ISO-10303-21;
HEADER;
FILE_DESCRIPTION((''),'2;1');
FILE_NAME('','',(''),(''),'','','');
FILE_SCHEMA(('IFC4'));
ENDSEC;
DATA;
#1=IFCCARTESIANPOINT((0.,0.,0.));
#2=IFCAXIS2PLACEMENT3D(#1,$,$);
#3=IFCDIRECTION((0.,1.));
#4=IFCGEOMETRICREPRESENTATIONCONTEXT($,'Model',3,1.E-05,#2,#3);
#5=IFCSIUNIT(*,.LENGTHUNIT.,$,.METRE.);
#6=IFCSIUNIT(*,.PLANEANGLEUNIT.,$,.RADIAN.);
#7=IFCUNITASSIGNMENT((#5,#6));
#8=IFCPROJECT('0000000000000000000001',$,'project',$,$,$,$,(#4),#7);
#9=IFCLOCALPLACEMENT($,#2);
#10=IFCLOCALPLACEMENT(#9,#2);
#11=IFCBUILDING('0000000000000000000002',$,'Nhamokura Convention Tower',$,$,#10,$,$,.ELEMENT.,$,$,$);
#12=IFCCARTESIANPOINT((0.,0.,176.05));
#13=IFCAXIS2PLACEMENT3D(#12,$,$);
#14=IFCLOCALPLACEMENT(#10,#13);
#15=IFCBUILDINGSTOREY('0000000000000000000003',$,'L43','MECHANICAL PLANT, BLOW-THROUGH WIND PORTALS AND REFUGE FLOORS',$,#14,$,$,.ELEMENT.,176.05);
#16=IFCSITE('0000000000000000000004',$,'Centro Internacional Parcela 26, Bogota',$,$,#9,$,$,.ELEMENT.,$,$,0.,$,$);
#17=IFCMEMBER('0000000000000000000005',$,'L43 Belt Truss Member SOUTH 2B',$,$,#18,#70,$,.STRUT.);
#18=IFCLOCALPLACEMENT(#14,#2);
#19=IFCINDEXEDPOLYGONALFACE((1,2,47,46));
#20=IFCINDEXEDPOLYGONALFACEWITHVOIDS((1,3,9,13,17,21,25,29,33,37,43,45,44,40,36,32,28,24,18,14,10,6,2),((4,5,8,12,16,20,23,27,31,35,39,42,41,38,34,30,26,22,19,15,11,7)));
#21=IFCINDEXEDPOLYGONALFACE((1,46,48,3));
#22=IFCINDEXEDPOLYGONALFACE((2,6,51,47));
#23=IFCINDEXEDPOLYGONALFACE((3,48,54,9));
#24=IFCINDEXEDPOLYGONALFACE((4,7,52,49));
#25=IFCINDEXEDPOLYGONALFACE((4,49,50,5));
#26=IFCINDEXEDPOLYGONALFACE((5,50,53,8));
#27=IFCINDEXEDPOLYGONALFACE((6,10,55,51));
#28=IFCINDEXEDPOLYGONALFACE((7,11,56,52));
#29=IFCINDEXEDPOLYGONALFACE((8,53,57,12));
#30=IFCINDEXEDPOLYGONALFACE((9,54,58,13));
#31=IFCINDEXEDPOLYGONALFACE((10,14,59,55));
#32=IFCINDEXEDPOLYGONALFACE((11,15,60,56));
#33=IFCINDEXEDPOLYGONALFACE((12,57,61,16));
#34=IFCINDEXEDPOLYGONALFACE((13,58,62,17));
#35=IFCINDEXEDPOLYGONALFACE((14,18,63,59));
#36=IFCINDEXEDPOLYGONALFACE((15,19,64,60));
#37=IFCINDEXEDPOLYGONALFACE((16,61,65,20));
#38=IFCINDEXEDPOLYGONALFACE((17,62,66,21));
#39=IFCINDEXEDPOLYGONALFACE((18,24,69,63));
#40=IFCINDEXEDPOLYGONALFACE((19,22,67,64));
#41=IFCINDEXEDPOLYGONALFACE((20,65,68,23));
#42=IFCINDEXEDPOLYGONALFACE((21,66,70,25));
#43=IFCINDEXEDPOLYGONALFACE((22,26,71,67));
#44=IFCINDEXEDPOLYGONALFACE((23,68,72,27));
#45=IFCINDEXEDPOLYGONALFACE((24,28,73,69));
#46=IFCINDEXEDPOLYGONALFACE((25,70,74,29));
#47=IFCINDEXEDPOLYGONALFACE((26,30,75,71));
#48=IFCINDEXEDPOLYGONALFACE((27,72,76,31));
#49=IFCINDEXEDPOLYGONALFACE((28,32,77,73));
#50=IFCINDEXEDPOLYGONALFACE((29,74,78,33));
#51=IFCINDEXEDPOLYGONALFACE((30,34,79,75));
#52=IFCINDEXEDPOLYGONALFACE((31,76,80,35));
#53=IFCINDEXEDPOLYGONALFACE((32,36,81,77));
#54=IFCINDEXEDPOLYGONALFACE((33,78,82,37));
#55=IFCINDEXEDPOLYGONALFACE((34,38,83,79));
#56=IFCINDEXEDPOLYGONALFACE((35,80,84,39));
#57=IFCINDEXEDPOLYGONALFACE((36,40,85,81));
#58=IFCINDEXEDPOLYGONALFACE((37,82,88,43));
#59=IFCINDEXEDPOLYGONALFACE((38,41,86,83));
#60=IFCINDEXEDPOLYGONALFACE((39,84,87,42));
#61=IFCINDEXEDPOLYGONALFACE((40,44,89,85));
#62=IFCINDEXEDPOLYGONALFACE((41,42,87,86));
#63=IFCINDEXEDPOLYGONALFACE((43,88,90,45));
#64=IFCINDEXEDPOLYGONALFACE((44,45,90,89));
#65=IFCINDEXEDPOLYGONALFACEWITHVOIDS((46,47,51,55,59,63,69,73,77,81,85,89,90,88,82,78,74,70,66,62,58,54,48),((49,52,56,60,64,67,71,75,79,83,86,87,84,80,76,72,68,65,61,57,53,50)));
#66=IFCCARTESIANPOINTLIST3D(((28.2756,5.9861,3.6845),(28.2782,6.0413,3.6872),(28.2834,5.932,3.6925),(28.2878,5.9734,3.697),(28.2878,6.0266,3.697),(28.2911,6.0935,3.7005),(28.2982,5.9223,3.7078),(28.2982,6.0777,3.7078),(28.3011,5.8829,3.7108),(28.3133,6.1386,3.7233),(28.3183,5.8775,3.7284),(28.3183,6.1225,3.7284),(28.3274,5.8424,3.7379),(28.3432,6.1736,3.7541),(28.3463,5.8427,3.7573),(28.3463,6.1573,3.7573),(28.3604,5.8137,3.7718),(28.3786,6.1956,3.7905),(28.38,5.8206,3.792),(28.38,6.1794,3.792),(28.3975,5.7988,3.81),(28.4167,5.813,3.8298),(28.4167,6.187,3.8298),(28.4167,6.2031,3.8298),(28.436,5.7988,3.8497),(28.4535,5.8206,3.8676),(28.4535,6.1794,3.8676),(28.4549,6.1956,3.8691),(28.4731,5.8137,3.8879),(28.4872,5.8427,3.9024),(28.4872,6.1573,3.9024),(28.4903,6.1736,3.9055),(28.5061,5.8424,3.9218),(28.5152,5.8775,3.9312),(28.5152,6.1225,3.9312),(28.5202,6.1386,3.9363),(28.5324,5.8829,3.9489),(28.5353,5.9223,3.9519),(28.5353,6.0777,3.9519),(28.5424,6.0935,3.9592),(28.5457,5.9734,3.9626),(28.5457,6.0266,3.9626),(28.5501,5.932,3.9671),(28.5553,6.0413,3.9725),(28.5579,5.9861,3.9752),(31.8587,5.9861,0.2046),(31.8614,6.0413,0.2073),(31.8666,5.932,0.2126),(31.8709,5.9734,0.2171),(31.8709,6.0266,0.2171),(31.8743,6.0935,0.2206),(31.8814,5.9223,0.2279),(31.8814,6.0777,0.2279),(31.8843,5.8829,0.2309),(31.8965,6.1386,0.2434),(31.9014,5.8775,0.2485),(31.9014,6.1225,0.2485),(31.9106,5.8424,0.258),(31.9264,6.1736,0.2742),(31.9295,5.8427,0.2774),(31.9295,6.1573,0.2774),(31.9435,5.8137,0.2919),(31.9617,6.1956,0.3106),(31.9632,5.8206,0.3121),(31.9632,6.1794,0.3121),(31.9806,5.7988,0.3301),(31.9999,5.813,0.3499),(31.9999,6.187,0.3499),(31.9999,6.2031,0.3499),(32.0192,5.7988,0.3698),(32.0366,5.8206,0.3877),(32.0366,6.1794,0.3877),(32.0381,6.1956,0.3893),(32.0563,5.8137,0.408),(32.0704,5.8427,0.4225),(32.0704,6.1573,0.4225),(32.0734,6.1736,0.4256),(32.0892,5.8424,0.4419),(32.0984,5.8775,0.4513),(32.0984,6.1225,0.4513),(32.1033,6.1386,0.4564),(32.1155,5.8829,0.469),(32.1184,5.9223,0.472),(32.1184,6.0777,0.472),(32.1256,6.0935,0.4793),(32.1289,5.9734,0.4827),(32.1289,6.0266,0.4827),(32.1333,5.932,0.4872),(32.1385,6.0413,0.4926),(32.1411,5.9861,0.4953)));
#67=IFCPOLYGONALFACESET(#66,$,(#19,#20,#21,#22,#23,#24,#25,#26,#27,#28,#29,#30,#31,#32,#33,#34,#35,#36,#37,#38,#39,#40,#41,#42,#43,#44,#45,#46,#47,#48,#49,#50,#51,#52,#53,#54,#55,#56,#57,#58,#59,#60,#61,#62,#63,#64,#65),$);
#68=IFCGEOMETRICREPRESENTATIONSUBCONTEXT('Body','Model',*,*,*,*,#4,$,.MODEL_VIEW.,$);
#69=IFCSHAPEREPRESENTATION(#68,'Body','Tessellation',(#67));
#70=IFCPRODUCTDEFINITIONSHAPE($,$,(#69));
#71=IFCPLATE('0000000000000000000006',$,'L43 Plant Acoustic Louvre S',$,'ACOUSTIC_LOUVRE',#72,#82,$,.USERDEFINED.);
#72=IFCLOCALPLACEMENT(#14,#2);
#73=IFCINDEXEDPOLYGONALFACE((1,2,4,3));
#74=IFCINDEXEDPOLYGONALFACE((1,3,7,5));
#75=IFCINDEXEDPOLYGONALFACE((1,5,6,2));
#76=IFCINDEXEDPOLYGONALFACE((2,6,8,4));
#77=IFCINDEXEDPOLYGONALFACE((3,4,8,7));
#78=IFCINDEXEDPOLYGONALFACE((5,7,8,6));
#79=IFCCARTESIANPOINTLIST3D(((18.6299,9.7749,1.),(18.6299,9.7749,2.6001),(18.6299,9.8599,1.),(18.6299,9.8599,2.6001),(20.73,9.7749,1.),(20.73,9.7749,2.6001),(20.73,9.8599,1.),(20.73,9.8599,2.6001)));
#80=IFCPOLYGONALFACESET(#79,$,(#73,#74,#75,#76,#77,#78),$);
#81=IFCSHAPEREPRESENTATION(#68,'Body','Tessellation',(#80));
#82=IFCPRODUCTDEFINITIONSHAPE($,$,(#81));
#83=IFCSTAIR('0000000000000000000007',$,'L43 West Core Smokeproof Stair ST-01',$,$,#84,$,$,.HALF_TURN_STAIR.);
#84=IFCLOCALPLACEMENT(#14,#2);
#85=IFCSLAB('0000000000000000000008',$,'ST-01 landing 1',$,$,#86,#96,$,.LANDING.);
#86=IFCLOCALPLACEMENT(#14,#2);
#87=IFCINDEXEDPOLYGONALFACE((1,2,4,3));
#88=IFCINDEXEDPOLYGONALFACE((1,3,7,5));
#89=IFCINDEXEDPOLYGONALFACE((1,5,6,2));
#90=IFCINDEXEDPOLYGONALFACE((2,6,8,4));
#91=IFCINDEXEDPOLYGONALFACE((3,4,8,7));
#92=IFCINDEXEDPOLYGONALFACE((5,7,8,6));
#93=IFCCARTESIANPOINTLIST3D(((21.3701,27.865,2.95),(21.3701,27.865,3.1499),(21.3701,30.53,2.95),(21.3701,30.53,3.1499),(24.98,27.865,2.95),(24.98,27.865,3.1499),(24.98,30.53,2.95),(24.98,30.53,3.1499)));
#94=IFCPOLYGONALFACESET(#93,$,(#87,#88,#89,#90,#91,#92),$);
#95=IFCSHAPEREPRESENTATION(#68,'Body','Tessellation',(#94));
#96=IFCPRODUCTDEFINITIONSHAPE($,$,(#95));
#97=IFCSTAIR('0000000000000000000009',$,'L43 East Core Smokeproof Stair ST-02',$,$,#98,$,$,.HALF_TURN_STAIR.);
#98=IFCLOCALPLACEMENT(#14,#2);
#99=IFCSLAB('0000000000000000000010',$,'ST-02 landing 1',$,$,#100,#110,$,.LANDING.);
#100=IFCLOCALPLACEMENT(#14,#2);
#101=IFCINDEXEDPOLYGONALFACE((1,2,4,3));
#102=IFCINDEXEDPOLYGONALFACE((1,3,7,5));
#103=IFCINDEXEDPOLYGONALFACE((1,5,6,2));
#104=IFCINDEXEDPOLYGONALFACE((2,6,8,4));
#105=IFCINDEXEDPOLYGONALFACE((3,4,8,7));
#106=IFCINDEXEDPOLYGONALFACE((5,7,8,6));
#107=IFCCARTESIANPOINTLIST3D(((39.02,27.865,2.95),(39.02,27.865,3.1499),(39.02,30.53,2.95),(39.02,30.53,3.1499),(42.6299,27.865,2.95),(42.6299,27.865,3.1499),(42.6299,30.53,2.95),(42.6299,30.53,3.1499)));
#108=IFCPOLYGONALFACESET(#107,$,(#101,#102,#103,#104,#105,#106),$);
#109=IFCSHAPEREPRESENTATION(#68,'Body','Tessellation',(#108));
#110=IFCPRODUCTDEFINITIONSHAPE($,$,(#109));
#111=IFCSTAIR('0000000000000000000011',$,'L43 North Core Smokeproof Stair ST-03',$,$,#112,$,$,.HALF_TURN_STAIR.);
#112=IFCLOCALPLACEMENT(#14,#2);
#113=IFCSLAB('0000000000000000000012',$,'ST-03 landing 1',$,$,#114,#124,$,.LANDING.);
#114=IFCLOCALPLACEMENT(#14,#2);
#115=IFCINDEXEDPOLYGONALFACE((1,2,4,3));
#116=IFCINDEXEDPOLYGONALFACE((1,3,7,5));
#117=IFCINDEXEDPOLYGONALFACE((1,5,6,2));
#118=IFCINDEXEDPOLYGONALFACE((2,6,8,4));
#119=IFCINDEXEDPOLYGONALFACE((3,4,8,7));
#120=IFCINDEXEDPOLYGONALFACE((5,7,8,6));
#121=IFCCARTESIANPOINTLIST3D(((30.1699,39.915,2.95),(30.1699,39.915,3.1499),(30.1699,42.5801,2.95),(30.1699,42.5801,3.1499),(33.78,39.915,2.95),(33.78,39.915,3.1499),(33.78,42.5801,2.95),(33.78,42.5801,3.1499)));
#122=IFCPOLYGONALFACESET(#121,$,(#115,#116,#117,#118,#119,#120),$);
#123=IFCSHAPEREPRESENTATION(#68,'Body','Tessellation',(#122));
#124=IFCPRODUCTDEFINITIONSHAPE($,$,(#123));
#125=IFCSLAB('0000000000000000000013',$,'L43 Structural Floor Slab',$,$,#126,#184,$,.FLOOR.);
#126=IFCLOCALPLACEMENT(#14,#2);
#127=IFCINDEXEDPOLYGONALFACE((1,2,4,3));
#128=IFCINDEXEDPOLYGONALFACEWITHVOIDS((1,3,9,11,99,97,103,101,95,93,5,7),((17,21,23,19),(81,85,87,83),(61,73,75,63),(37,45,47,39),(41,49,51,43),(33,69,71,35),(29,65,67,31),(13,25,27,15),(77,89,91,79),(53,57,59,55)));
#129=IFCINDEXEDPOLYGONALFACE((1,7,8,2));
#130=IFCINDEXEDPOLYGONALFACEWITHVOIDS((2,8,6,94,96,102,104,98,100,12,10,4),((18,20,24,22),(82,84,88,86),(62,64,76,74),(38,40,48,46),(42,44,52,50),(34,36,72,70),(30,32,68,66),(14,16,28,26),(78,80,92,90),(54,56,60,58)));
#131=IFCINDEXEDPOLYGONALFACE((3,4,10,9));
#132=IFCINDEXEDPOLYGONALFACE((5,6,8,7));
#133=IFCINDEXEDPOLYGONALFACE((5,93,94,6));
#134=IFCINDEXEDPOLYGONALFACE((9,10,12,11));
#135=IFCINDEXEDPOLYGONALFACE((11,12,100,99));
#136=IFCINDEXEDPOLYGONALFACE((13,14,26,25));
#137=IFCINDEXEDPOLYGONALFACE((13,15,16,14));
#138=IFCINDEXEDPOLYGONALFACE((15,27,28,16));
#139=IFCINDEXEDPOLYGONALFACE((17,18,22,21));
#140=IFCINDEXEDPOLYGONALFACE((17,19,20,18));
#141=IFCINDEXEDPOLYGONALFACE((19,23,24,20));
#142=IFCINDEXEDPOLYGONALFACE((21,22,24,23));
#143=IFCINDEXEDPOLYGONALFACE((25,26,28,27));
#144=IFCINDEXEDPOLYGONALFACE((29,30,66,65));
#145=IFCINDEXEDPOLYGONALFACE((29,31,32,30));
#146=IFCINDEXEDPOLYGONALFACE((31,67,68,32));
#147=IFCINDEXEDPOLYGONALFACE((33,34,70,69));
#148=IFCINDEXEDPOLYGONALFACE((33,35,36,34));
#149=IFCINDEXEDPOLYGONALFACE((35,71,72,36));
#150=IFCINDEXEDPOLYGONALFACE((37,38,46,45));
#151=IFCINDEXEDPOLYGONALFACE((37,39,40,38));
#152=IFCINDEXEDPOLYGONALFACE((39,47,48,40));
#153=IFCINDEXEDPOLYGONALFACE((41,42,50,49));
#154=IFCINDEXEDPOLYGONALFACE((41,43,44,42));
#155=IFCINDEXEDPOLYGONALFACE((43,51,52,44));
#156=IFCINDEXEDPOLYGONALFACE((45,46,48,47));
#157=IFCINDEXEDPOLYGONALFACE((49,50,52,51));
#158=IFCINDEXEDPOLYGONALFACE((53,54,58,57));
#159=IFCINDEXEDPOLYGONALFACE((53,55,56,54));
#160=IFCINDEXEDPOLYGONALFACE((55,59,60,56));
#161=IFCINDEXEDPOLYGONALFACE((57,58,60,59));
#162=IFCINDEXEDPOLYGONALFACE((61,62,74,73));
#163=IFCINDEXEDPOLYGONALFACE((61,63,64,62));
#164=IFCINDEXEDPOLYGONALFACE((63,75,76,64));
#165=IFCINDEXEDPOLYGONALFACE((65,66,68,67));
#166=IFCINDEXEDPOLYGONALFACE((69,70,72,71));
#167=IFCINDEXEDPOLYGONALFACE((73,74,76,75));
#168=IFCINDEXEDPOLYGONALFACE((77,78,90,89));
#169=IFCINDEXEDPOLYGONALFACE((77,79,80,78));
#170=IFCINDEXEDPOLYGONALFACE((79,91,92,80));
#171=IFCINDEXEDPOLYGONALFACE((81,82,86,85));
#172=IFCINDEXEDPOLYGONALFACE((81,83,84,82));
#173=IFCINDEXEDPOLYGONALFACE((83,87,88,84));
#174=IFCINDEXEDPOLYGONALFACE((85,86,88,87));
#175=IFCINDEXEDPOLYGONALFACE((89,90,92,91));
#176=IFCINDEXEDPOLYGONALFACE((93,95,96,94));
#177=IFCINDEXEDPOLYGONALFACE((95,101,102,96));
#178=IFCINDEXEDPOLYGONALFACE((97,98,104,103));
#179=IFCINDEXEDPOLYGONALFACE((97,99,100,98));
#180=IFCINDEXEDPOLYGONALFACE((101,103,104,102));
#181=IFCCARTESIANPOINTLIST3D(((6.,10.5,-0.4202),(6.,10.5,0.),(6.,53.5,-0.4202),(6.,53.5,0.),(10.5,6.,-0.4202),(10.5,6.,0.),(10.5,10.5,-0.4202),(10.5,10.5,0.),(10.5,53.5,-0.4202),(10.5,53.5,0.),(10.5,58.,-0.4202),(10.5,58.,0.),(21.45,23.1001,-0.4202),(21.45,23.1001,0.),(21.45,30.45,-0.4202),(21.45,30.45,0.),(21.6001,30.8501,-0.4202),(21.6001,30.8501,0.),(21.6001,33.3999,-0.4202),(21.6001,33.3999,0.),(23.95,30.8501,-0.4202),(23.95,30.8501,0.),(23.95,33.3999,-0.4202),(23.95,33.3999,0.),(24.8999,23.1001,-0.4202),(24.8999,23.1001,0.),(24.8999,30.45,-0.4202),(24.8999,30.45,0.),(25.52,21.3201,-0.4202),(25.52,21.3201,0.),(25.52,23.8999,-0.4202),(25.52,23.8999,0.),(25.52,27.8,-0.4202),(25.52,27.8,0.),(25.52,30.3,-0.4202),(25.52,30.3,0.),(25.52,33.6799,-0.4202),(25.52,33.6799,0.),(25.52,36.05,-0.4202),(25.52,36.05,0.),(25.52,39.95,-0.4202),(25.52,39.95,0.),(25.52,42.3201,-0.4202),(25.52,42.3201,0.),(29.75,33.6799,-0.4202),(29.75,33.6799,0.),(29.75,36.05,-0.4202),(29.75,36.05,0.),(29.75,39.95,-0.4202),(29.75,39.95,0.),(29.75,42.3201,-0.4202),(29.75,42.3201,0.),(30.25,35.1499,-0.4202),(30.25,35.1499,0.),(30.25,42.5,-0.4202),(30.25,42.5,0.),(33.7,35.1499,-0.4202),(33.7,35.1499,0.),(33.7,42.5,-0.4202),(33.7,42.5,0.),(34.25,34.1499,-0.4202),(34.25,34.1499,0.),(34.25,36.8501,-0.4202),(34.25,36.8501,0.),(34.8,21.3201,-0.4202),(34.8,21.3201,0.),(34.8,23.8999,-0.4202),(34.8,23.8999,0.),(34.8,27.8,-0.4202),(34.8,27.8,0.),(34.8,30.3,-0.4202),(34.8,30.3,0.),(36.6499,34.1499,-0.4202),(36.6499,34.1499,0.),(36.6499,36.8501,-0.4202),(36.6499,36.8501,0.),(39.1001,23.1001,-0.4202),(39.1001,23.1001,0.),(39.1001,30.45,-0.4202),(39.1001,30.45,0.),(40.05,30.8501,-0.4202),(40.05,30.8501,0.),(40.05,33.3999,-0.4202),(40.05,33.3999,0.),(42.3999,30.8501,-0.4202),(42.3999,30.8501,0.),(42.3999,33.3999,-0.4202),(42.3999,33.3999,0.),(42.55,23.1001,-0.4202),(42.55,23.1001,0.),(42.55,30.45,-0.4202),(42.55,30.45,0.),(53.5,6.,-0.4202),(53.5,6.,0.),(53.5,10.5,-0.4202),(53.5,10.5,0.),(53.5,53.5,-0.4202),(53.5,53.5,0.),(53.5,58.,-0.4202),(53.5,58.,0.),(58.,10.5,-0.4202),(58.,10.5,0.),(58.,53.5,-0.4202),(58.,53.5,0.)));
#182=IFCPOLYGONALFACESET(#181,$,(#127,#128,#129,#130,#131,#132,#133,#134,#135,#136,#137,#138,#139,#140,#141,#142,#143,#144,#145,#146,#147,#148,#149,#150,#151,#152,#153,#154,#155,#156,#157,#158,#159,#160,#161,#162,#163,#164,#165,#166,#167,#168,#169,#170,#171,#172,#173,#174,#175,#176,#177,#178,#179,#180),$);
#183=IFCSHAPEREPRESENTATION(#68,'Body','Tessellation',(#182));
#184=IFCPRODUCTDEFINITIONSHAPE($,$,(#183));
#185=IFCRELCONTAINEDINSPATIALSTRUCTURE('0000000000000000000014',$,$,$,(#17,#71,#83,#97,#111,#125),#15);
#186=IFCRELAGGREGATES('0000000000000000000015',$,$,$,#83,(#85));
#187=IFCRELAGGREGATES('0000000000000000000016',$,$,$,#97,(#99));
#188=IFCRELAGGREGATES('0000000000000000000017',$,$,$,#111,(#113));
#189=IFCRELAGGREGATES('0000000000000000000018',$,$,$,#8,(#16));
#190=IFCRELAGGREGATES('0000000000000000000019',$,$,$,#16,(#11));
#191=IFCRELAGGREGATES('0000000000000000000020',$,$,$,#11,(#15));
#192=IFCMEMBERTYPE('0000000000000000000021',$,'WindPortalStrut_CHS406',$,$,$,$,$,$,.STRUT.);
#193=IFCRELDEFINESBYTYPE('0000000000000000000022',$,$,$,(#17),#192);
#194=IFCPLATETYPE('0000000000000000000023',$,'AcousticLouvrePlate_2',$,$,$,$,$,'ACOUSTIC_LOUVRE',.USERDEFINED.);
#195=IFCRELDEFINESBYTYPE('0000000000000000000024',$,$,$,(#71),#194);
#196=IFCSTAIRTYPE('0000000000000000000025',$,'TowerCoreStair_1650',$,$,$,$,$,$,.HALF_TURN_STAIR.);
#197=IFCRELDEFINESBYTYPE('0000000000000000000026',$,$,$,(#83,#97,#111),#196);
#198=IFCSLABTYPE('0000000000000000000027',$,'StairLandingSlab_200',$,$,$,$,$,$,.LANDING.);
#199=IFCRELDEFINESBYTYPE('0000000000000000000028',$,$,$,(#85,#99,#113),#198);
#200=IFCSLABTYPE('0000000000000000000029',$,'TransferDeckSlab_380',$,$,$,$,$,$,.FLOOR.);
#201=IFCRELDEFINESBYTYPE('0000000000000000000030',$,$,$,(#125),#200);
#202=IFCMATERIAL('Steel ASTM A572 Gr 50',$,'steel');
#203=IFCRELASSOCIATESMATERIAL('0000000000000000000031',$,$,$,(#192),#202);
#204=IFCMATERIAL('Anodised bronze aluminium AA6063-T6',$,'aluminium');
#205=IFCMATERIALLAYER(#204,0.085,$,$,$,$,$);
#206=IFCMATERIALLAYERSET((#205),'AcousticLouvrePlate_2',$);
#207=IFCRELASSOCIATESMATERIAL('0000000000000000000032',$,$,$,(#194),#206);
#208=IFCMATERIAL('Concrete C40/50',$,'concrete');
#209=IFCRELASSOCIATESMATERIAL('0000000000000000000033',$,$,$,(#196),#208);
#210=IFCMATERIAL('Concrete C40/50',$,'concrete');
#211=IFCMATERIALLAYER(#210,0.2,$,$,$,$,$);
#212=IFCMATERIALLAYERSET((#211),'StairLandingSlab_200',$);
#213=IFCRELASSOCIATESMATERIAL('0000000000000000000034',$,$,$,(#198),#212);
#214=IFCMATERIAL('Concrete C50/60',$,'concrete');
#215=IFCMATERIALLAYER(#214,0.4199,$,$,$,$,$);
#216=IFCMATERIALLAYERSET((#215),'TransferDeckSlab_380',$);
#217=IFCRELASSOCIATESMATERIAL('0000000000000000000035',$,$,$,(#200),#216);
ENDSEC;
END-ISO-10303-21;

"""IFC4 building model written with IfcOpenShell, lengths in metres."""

from ifc_helpers import new_model, si_unit, direction, frame, origin, origin_2d, place, context, subcontext, project, spatial, polyline, rectangle, hollow_circle, outline, extrude, material, layer, layer_set, material_profile, profile_set, type_object, element, aggregate, save


model = new_model("IFC4")

# Units and contexts
model_context = context("Model", 3, precision=1e-05, world=origin(), true_north=direction((0.0, 1.0)))
body_context = subcontext(model_context, "Body", "Model", "MODEL_VIEW")
ifc_project = project(units=[si_unit("LENGTHUNIT", "METRE"), si_unit("PLANEANGLEUNIT", "RADIAN")], contexts=[model_context])

# Site, building, storey
site_placement = place(None, origin())
site = spatial("IfcSite", under=ifc_project, at=site_placement, Name="Centro Internacional Parcela 26, Bogota", CompositionType="ELEMENT", RefElevation=0.0)
building_placement = place(site_placement, origin())
building = spatial("IfcBuilding", under=site, at=building_placement, Name="Nhamokura Convention Tower", CompositionType="ELEMENT")
storey_placement = place(building_placement, frame((0.0, 0.0, 176.05)))
storey = spatial("IfcBuildingStorey", under=building, at=storey_placement, Name="L43", Description="MECHANICAL PLANT, BLOW-THROUGH WIND PORTALS AND REFUGE FLOORS", CompositionType="ELEMENT", Elevation=176.05)

# Member
ifc_material_1 = material(Name="Steel ASTM A572 Gr 50", Category="steel")
ifc_material_profile_1 = material_profile(ifc_material_1, hollow_circle(Radius=0.2031, WallThickness=0.0161, at=origin_2d()))
ifc_profile_set_1 = profile_set([ifc_material_profile_1], Name="Steel ASTM A572 Gr 50")
member_type_1 = type_object("IfcMemberType", Name="WindPortalStrut_CHS406", PredefinedType="STRUT", material=ifc_profile_set_1)
member_1_placement = place(storey_placement, frame((28.4167, 6.0, 3.8298), z_axis=(0.717369, 0.0, -0.696694), x_axis=(0.0, 1.0, 0.0)))
element("IfcMember", 1, at=member_1_placement, inside=storey, type_object=member_type_1, Name="L43 Belt Truss Member SOUTH 2B", PredefinedType="STRUT", context=body_context, shape_type="SweptSolid", body=[
    extrude(hollow_circle(Radius=0.2031, WallThickness=0.0161, at=origin_2d()), origin(), (0.0, 0.0, 1.0), 4.9949),
])

# Plate
ifc_material_2 = material(Name="Anodised bronze aluminium AA6063-T6", Category="aluminium")
ifc_layer_1 = layer(ifc_material_2, 0.085)
ifc_layer_set_1 = layer_set([ifc_layer_1], Name="AcousticLouvrePlate_2")
plate_type = type_object("IfcPlateType", Name="AcousticLouvrePlate_2", ElementType="ACOUSTIC_LOUVRE", PredefinedType="USERDEFINED", material=ifc_layer_set_1)
plate_placement = place(storey_placement, frame((19.6799, 9.8174, 1.0), z_axis=(0.0, 0.0, 1.0), x_axis=(-1.0, 0.0, 0.0)))
element("IfcPlate", 2, at=plate_placement, inside=storey, type_object=plate_type, Name="L43 Plant Acoustic Louvre S", ObjectType="ACOUSTIC_LOUVRE", PredefinedType="USERDEFINED", context=body_context, shape_type="SweptSolid", body=[
    extrude(rectangle(XDim=2.1001, YDim=0.085, at=origin_2d()), origin(), (0.0, 0.0, 1.0), 1.6001),
])

# Stairs, slabs
ifc_material_3 = material(Name="Concrete C40/50", Category="concrete")
stair_type = type_object("IfcStairType", Name="TowerCoreStair_1650", PredefinedType="HALF_TURN_STAIR", material=ifc_material_3)
stair_1_placement = place(storey_placement, origin())
stair_1 = element("IfcStair", 3, at=stair_1_placement, inside=storey, type_object=stair_type, Name="L43 West Core Smokeproof Stair ST-01", PredefinedType="HALF_TURN_STAIR")
ifc_material_4 = material(Name="Concrete C40/50", Category="concrete")
ifc_layer_2 = layer(ifc_material_4, 0.2)
ifc_layer_set_2 = layer_set([ifc_layer_2], Name="StairLandingSlab_200")
slab_type_1 = type_object("IfcSlabType", Name="StairLandingSlab_200", PredefinedType="LANDING", material=ifc_layer_set_2)
slab_1_placement = place(storey_placement, frame((0.0, 0.0, 2.95)))
slab_1 = element("IfcSlab", 4, at=slab_1_placement, type_object=slab_type_1, Name="ST-01 landing 1", PredefinedType="LANDING", context=body_context, shape_type="SweptSolid", body=[
    extrude(outline(polyline([(24.98, 27.865), (24.98, 30.53), (21.3701, 30.53), (21.3701, 27.865), (24.98, 27.865)])), origin(), (0.0, 0.0, 1.0), 0.2),
])
aggregate(stair_1, [slab_1])
stair_2_placement = place(storey_placement, origin())
stair_2 = element("IfcStair", 5, at=stair_2_placement, inside=storey, type_object=stair_type, Name="L43 East Core Smokeproof Stair ST-02", PredefinedType="HALF_TURN_STAIR")
slab_2_placement = place(storey_placement, frame((0.0, 0.0, 2.95)))
slab_2 = element("IfcSlab", 6, at=slab_2_placement, type_object=slab_type_1, Name="ST-02 landing 1", PredefinedType="LANDING", context=body_context, shape_type="SweptSolid", body=[
    extrude(outline(polyline([(42.6299, 27.865), (42.6299, 30.53), (39.02, 30.53), (39.02, 27.865), (42.6299, 27.865)])), origin(), (0.0, 0.0, 1.0), 0.2),
])
aggregate(stair_2, [slab_2])
stair_3_placement = place(storey_placement, origin())
stair_3 = element("IfcStair", 7, at=stair_3_placement, inside=storey, type_object=stair_type, Name="L43 North Core Smokeproof Stair ST-03", PredefinedType="HALF_TURN_STAIR")
slab_3_placement = place(storey_placement, frame((0.0, 0.0, 2.95)))
slab_3 = element("IfcSlab", 8, at=slab_3_placement, type_object=slab_type_1, Name="ST-03 landing 1", PredefinedType="LANDING", context=body_context, shape_type="SweptSolid", body=[
    extrude(outline(polyline([(33.78, 39.915), (33.78, 42.5801), (30.1699, 42.5801), (30.1699, 39.915), (33.78, 39.915)])), origin(), (0.0, 0.0, 1.0), 0.2),
])
aggregate(stair_3, [slab_3])

# Slab
ifc_material_5 = material(Name="Concrete C50/60", Category="concrete")
ifc_layer_3 = layer(ifc_material_5, 0.4199)
ifc_layer_set_3 = layer_set([ifc_layer_3], Name="TransferDeckSlab_380")
slab_type_2 = type_object("IfcSlabType", Name="TransferDeckSlab_380", PredefinedType="FLOOR", material=ifc_layer_set_3)
slab_4_placement = place(storey_placement, frame((0.0, 0.0, -0.4202)))
element("IfcSlab", 9, at=slab_4_placement, inside=storey, type_object=slab_type_2, Name="L43 Structural Floor Slab", PredefinedType="FLOOR", context=body_context, shape_type="SweptSolid", body=[
    extrude(outline(polyline([(10.5, 6.0), (53.5, 6.0), (53.5, 10.5), (58.0, 10.5), (58.0, 53.5), (53.5, 53.5), (53.5, 58.0), (10.5, 58.0), (10.5, 53.5), (6.0, 53.5), (6.0, 10.5), (10.5, 10.5), (10.5, 6.0)]), holes=[polyline([(24.8999, 23.1001), (24.8999, 30.45), (21.45, 30.45), (21.45, 23.1001), (24.8999, 23.1001)]), polyline([(42.55, 23.1001), (42.55, 30.45), (39.1001, 30.45), (39.1001, 23.1001), (42.55, 23.1001)]), polyline([(33.7, 35.1499), (33.7, 42.5), (30.25, 42.5), (30.25, 35.1499), (33.7, 35.1499)]), polyline([(21.6001, 30.8501), (23.95, 30.8501), (23.95, 33.3999), (21.6001, 33.3999), (21.6001, 30.8501)]), polyline([(40.05, 30.8501), (42.3999, 30.8501), (42.3999, 33.3999), (40.05, 33.3999), (40.05, 30.8501)]), polyline([(34.25, 34.1499), (36.6499, 34.1499), (36.6499, 36.8501), (34.25, 36.8501), (34.25, 34.1499)]), polyline([(25.52, 21.3201), (34.8, 21.3201), (34.8, 23.8999), (25.52, 23.8999), (25.52, 21.3201)]), polyline([(25.52, 27.8), (34.8, 27.8), (34.8, 30.3), (25.52, 30.3), (25.52, 27.8)]), polyline([(25.52, 33.6799), (29.75, 33.6799), (29.75, 36.05), (25.52, 36.05), (25.52, 33.6799)]), polyline([(25.52, 39.95), (29.75, 39.95), (29.75, 42.3201), (25.52, 42.3201), (25.52, 39.95)])]), origin(), (0.0, 0.0, 1.0), 0.4202),
])

save(model, "model.ifc")
